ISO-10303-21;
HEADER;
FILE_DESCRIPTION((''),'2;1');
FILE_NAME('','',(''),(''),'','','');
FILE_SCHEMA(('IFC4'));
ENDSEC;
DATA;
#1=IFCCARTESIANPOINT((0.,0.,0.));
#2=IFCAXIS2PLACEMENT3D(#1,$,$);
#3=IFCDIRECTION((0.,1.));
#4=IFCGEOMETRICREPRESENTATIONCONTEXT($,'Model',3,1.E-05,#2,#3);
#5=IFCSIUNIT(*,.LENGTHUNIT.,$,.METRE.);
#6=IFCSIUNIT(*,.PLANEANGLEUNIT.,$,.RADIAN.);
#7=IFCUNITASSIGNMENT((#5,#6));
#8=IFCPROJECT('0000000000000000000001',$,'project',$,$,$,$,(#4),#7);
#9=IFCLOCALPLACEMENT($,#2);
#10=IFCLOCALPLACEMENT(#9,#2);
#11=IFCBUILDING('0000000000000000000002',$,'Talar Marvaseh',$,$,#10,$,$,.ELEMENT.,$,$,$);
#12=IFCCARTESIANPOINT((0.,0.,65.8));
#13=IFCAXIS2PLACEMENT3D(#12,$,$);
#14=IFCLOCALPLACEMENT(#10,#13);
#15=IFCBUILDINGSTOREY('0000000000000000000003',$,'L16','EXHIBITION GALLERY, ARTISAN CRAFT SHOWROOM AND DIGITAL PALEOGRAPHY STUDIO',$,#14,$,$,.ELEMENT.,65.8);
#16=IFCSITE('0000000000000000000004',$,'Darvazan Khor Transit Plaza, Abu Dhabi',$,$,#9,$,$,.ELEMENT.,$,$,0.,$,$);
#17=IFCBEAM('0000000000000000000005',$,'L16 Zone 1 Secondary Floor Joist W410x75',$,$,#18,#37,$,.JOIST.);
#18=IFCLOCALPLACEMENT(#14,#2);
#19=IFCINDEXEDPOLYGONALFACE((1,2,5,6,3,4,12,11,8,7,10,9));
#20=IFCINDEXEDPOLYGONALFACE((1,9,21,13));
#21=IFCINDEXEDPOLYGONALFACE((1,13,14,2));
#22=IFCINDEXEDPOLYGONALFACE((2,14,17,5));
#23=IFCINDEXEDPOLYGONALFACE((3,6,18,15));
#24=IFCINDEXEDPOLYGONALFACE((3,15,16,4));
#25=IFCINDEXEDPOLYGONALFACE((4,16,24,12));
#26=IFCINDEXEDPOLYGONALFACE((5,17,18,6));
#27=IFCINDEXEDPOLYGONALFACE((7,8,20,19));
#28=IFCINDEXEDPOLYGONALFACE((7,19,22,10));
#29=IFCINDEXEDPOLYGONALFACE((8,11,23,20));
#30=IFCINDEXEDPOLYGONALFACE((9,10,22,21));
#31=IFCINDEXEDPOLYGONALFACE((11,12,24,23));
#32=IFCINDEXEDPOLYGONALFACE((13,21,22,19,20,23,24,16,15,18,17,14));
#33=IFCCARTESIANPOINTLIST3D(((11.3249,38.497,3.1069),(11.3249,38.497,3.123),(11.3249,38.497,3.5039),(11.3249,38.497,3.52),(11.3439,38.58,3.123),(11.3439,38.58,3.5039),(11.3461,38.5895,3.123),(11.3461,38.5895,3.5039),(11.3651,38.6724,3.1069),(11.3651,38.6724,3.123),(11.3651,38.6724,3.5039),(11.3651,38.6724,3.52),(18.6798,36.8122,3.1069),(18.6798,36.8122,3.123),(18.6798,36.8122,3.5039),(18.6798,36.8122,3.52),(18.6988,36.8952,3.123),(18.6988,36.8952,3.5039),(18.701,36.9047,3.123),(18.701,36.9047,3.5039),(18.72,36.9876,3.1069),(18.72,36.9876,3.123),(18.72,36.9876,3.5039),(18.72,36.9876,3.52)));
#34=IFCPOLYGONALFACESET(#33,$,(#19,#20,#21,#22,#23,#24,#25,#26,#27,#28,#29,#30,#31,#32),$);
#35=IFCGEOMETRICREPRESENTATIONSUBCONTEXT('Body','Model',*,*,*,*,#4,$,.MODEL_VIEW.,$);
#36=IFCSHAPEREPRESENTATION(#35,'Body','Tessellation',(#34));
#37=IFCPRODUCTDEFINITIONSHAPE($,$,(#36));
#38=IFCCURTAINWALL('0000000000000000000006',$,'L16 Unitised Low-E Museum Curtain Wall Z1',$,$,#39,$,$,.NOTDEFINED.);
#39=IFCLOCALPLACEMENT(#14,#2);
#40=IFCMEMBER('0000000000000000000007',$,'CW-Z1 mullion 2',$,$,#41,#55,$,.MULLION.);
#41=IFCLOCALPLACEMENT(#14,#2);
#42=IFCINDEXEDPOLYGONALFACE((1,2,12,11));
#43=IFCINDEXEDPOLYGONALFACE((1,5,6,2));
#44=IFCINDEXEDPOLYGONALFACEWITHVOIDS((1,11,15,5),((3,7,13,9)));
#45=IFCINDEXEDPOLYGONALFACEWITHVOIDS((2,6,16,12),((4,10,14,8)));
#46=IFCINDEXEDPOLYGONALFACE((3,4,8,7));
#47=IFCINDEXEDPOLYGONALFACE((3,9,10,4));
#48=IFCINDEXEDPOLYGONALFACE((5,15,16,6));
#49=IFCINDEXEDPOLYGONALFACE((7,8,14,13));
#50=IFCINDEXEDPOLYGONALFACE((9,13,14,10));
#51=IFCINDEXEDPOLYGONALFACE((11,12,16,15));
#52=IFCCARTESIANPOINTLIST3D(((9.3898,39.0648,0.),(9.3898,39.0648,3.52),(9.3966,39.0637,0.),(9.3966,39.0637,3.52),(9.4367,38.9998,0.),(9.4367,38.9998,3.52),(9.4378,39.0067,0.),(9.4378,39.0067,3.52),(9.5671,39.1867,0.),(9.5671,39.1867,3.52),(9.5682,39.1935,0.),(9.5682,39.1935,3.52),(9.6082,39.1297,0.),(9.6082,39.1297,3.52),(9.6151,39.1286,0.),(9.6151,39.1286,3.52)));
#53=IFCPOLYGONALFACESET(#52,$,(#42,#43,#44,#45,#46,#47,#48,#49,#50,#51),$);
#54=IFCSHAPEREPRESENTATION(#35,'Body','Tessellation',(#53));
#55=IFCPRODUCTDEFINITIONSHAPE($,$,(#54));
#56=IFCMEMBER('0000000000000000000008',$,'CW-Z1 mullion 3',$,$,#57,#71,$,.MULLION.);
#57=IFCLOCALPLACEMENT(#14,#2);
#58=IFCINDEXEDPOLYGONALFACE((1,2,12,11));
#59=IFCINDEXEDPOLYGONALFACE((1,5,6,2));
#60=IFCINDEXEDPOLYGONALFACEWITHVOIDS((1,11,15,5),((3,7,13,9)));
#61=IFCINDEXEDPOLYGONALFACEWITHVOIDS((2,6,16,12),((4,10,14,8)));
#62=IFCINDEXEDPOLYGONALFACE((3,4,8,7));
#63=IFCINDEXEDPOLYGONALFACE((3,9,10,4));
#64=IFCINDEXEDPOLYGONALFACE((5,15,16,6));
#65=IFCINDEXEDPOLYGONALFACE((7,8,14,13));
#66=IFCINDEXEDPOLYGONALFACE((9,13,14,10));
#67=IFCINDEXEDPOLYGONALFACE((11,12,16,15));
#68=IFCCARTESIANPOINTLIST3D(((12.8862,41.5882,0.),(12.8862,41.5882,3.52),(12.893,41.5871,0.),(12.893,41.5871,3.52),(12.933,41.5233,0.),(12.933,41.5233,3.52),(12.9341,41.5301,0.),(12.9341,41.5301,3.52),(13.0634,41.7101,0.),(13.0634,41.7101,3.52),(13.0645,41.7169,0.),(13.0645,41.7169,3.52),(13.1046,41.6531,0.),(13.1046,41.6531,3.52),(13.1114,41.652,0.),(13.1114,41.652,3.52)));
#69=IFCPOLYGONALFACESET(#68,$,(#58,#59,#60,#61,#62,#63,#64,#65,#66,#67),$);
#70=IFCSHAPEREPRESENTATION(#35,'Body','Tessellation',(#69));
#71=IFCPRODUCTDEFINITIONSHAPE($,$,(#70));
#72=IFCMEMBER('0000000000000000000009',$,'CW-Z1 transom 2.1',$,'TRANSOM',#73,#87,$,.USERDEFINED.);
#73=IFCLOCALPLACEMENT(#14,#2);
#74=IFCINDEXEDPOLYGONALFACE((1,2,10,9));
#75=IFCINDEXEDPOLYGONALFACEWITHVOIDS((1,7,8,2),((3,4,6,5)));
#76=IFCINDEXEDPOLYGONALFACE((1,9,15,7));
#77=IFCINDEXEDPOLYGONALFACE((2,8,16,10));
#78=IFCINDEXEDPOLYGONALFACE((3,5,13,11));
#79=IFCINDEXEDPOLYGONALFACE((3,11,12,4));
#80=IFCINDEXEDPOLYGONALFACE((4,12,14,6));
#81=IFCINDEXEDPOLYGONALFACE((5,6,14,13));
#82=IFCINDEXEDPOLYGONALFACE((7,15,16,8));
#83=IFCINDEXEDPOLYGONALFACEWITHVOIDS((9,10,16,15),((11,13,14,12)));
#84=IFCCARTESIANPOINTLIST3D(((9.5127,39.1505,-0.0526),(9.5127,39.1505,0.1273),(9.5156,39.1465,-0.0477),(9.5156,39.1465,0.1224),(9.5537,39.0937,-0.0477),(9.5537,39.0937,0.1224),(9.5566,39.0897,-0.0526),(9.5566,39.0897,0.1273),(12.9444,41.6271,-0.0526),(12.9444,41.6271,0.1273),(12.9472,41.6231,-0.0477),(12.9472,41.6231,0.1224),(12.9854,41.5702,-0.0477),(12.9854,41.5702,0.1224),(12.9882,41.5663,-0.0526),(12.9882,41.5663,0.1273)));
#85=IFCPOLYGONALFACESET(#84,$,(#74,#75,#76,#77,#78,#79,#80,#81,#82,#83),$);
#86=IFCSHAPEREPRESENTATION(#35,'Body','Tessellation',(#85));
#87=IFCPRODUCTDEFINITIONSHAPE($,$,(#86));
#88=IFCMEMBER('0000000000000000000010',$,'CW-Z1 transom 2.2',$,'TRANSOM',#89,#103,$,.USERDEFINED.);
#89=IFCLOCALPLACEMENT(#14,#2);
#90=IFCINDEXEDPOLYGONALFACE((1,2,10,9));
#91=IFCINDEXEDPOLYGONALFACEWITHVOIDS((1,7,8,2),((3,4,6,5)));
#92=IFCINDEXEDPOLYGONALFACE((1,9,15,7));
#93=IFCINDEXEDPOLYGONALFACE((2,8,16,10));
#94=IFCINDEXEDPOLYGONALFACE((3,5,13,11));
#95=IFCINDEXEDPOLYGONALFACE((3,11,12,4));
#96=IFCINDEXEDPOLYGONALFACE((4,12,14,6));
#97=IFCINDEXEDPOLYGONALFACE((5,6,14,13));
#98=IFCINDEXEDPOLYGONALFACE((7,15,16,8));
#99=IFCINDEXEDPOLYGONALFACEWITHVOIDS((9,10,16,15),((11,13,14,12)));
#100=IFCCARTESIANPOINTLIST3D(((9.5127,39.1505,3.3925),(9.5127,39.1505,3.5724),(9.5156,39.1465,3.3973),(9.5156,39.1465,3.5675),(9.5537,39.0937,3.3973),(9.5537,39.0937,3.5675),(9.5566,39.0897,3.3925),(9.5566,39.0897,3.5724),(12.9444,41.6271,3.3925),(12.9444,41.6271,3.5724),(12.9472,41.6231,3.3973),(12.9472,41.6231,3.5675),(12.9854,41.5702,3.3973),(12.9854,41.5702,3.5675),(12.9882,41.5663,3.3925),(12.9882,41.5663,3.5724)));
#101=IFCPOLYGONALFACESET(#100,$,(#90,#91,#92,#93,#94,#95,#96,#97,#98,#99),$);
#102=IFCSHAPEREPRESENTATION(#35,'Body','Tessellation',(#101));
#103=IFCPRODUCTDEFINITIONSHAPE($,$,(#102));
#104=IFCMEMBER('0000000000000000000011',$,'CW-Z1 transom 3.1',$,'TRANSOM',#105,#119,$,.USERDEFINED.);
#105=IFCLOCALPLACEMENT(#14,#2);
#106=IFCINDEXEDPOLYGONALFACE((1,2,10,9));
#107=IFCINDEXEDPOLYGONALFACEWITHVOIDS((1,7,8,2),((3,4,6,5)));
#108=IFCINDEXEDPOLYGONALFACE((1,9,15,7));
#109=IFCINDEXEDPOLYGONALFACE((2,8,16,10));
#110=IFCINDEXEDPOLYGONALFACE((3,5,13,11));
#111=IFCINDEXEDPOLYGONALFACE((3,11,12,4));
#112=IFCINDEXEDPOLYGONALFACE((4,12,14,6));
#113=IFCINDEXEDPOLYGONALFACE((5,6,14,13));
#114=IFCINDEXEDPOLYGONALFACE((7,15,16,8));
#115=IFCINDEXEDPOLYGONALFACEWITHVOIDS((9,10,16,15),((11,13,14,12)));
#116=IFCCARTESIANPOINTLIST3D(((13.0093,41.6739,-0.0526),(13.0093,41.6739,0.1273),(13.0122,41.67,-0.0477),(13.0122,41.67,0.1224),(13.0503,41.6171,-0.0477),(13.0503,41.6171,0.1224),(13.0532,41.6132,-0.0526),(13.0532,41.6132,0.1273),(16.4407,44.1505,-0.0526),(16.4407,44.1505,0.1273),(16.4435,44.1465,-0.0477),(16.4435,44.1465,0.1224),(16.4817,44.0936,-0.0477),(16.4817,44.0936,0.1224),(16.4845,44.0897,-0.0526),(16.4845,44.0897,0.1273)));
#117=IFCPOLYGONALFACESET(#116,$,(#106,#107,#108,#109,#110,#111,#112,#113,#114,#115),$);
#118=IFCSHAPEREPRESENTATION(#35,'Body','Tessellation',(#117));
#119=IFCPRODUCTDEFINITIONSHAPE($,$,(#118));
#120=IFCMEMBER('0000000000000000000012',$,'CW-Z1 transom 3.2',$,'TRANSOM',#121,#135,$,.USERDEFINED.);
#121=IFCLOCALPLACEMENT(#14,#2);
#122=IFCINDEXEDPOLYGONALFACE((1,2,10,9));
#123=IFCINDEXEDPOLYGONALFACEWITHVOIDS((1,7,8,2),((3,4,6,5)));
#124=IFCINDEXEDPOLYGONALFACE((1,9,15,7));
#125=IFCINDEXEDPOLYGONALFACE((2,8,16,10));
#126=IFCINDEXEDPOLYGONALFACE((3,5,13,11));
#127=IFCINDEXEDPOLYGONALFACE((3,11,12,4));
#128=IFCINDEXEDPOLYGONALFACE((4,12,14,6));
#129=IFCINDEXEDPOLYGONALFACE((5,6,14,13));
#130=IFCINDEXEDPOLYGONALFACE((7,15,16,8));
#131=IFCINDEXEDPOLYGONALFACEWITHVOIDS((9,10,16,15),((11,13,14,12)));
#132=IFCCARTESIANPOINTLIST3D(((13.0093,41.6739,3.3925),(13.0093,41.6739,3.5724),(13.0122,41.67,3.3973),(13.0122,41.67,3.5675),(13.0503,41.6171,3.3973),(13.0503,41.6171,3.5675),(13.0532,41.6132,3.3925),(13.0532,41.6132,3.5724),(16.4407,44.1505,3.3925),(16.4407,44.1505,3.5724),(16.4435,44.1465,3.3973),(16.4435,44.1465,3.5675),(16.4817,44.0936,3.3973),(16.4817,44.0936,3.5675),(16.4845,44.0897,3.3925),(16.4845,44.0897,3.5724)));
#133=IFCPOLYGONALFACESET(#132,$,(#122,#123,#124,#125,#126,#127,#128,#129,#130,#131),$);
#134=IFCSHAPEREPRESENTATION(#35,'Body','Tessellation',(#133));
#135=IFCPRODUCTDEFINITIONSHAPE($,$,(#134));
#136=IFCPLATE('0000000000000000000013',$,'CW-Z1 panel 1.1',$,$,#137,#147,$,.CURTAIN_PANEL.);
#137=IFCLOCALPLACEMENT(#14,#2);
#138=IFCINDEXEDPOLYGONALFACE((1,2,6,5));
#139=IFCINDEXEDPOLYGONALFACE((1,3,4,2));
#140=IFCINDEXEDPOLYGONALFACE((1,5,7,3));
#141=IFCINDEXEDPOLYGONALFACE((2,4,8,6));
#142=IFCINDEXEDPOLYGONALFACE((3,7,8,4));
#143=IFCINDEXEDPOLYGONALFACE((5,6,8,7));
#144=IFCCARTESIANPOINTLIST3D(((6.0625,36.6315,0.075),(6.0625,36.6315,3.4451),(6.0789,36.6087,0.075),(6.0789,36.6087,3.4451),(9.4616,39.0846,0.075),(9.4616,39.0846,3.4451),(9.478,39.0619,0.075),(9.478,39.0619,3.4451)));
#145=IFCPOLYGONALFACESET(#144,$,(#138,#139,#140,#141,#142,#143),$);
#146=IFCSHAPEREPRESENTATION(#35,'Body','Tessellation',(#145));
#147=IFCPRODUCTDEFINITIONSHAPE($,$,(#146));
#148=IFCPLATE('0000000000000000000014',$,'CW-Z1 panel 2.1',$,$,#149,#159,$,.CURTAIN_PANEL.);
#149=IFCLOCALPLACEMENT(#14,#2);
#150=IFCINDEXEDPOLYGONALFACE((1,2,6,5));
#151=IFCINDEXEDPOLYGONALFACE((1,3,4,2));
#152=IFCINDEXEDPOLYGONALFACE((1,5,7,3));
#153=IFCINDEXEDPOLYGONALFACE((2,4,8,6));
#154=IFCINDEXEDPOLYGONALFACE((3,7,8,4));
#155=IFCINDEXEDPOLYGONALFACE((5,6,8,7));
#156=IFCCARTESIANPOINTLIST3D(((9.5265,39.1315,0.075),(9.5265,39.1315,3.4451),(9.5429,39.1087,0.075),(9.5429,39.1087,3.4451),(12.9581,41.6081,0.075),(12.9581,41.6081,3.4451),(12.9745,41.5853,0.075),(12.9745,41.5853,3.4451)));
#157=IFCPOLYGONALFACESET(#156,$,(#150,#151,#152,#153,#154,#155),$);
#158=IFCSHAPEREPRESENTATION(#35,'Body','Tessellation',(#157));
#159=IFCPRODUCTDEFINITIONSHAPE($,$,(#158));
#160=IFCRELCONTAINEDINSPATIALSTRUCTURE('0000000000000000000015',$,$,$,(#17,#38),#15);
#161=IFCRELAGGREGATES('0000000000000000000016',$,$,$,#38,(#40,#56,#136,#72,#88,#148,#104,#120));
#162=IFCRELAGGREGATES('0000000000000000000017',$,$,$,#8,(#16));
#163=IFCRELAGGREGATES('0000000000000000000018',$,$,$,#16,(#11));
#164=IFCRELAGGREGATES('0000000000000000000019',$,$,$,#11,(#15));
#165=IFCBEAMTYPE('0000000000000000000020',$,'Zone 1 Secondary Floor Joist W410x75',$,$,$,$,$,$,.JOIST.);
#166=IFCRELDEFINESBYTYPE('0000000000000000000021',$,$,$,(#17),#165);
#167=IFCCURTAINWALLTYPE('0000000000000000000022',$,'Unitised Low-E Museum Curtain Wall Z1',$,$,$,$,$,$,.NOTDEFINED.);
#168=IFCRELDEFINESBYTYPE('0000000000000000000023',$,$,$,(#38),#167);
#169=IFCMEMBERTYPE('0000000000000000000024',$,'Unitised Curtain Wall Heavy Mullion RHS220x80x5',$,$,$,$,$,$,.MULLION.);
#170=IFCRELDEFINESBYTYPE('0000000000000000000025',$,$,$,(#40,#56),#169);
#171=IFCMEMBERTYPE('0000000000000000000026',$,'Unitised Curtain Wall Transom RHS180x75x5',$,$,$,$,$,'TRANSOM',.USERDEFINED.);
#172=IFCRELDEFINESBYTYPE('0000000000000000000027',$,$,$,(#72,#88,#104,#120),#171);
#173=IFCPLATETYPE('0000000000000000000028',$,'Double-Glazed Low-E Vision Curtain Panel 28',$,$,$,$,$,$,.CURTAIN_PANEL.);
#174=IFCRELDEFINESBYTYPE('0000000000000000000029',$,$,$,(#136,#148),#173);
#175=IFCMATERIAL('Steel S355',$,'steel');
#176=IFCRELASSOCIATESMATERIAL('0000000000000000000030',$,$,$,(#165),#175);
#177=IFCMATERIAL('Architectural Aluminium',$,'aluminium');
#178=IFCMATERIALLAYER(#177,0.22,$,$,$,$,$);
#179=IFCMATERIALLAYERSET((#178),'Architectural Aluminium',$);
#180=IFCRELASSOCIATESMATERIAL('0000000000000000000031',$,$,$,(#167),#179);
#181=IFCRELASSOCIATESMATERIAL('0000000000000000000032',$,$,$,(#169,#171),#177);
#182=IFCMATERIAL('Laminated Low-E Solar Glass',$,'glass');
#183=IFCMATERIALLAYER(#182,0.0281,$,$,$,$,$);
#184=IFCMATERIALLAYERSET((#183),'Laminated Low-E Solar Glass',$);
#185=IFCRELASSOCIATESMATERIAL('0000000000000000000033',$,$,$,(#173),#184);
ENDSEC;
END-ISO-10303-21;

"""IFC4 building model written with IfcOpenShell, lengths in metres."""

from ifc_helpers import new_model, si_unit, direction, frame, origin, origin_2d, place, context, subcontext, project, spatial, rectangle, hollow_rectangle, i_section, extrude, source, transform, mapped, material, layer, layer_set, material_profile, profile_set, type_object, type_shapes, element, aggregate, save


model = new_model("IFC4")

# Units and contexts
model_context = context("Model", 3, precision=1e-05, world=origin(), true_north=direction((0.0, 1.0)))
body_context = subcontext(model_context, "Body", "Model", "MODEL_VIEW")
ifc_project = project(units=[si_unit("LENGTHUNIT", "METRE"), si_unit("PLANEANGLEUNIT", "RADIAN")], contexts=[model_context])

# Site, building, storey
site_placement = place(None, origin())
site = spatial("IfcSite", under=ifc_project, at=site_placement, Name="Darvazan Khor Transit Plaza, Abu Dhabi", CompositionType="ELEMENT", RefElevation=0.0)
building_placement = place(site_placement, origin())
building = spatial("IfcBuilding", under=site, at=building_placement, Name="Talar Marvaseh", CompositionType="ELEMENT")
storey_placement = place(building_placement, frame((0.0, 0.0, 65.8)))
storey = spatial("IfcBuildingStorey", under=building, at=storey_placement, Name="L16", Description="EXHIBITION GALLERY, ARTISAN CRAFT SHOWROOM AND DIGITAL PALEOGRAPHY STUDIO", CompositionType="ELEMENT", Elevation=65.8)

# Beam
ifc_material_1 = material(Name="Steel S355", Category="steel")
ifc_material_profile_1 = material_profile(ifc_material_1, i_section(OverallWidth=0.1799, OverallDepth=0.4131, WebThickness=0.0098, FlangeThickness=0.0161, at=origin_2d()), Name="W410x75")
ifc_profile_set_1 = profile_set([ifc_material_profile_1], Name="Steel S355")
beam_type = type_object("IfcBeamType", Name="Zone 1 Secondary Floor Joist W410x75", PredefinedType="JOIST", material=ifc_profile_set_1)
beam_placement = place(storey_placement, frame((11.345, 38.5847, 3.3135), z_axis=(0.974753, -0.223288, 0.0), x_axis=(0.223288, 0.974753, 0.0)))
element("IfcBeam", 1, at=beam_placement, inside=storey, type_object=beam_type, Name="L16 Zone 1 Secondary Floor Joist W410x75", PredefinedType="JOIST", context=body_context, shape_type="SweptSolid", body=[
    extrude(i_section(OverallWidth=0.1799, OverallDepth=0.4131, WebThickness=0.0098, FlangeThickness=0.0161, at=origin_2d()), origin(), (0.0, 0.0, 1.0), 7.5454),
])

# Curtain wall, members, plates
ifc_material_2 = material(Name="Architectural Aluminium", Category="aluminium")
ifc_layer_1 = layer(ifc_material_2, 0.22)
ifc_layer_set_1 = layer_set([ifc_layer_1], Name="Architectural Aluminium")
curtain_wall_type = type_object("IfcCurtainWallType", Name="Unitised Low-E Museum Curtain Wall Z1", PredefinedType="NOTDEFINED", material=ifc_layer_set_1)
curtain_wall_placement = place(storey_placement, origin())
curtain_wall = element("IfcCurtainWall", 2, at=curtain_wall_placement, inside=storey, type_object=curtain_wall_type, Name="L16 Unitised Low-E Museum Curtain Wall Z1", PredefinedType="NOTDEFINED")
ifc_material_profile_2 = material_profile(ifc_material_2, hollow_rectangle(XDim=0.0801, YDim=0.22, WallThickness=0.0049, at=origin_2d()), Name="RHS220x80x5")
ifc_profile_set_2 = profile_set([ifc_material_profile_2], Name="Architectural Aluminium")
member_type_1 = type_object("IfcMemberType", Name="Unitised Curtain Wall Heavy Mullion RHS220x80x5", PredefinedType="MULLION", material=ifc_profile_set_2)
shared_shape_1 = source(origin(), body_context, "Body", "SweptSolid", [
    extrude(hollow_rectangle(XDim=0.0801, YDim=0.22, WallThickness=0.0049, at=origin_2d()), origin(), (0.0, 0.0, 1.0), 3.52),
])
type_shapes(member_type_1, [shared_shape_1])
member_1_placement = place(storey_placement, frame((9.5024, 39.0967, 0.0), z_axis=(0.0, 0.0, 1.0), x_axis=(-0.585209, 0.810882, 0.0)))
member_1 = element("IfcMember", 3, at=member_1_placement, type_object=member_type_1, Name="CW-Z1 mullion 2", PredefinedType="MULLION", context=body_context, shape_type="MappedRepresentation", body=[
    mapped(shared_shape_1, transform((0.0, 0.0, 0.0), x_axis=(1.0, 0.0, 0.0), y_axis=(0.0, 1.0, 0.0), z_axis=(0.0, 0.0, 1.0), scale=1.0)),
])
member_2_placement = place(storey_placement, frame((12.9988, 41.6201, 0.0), z_axis=(0.0, 0.0, 1.0), x_axis=(-0.585209, 0.810882, 0.0)))
member_2 = element("IfcMember", 4, at=member_2_placement, type_object=member_type_1, Name="CW-Z1 mullion 3", PredefinedType="MULLION", context=body_context, shape_type="MappedRepresentation", body=[
    mapped(shared_shape_1, transform((0.0, 0.0, 0.0), x_axis=(1.0, 0.0, 0.0), y_axis=(0.0, 1.0, 0.0), z_axis=(0.0, 0.0, 1.0), scale=1.0)),
])
ifc_material_profile_3 = material_profile(ifc_material_2, hollow_rectangle(XDim=0.075, YDim=0.1799, WallThickness=0.0049, at=origin_2d()), Name="RHS180x75x5")
ifc_profile_set_3 = profile_set([ifc_material_profile_3], Name="Architectural Aluminium")
member_type_2 = type_object("IfcMemberType", Name="Unitised Curtain Wall Transom RHS180x75x5", ElementType="TRANSOM", PredefinedType="USERDEFINED", material=ifc_profile_set_3)
shared_shape_2 = source(origin(), body_context, "Body", "SweptSolid", [
    extrude(hollow_rectangle(XDim=0.075, YDim=0.1799, WallThickness=0.0049, at=origin_2d()), origin(), (0.0, 0.0, 1.0), 4.2319),
])
member_3_placement = place(storey_placement, frame((9.5347, 39.1201, 0.0374), z_axis=(0.810886, 0.585204, 0.0), x_axis=(-0.585204, 0.810886, 0.0)))
member_3 = element("IfcMember", 5, at=member_3_placement, type_object=member_type_2, Name="CW-Z1 transom 2.1", ObjectType="TRANSOM", PredefinedType="USERDEFINED", context=body_context, shape_type="MappedRepresentation", body=[
    mapped(shared_shape_2, transform((0.0, 0.0, 0.0), x_axis=(1.0, 0.0, 0.0), y_axis=(0.0, 1.0, 0.0), z_axis=(0.0, 0.0, 1.0), scale=1.0)),
])
member_4_placement = place(storey_placement, frame((9.5347, 39.1201, 3.4824), z_axis=(0.810886, 0.585204, 0.0), x_axis=(-0.585204, 0.810886, 0.0)))
member_4 = element("IfcMember", 6, at=member_4_placement, type_object=member_type_2, Name="CW-Z1 transom 2.2", ObjectType="TRANSOM", PredefinedType="USERDEFINED", context=body_context, shape_type="MappedRepresentation", body=[
    mapped(shared_shape_2, transform((0.0, 0.0, 0.0), x_axis=(1.0, 0.0, 0.0), y_axis=(0.0, 1.0, 0.0), z_axis=(0.0, 0.0, 1.0), scale=1.0)),
])
shared_shape_3 = source(origin(), body_context, "Body", "SweptSolid", [
    extrude(hollow_rectangle(XDim=0.075, YDim=0.1799, WallThickness=0.0049, at=origin_2d()), origin(), (0.0, 0.0, 1.0), 4.2317),
])
type_shapes(member_type_2, [shared_shape_2, shared_shape_3])
member_5_placement = place(storey_placement, frame((13.0312, 41.6436, 0.0374), z_axis=(0.810866, 0.585231, 0.0), x_axis=(-0.585231, 0.810866, 0.0)))
member_5 = element("IfcMember", 7, at=member_5_placement, type_object=member_type_2, Name="CW-Z1 transom 3.1", ObjectType="TRANSOM", PredefinedType="USERDEFINED", context=body_context, shape_type="MappedRepresentation", body=[
    mapped(shared_shape_3, transform((0.0, 0.0, 0.0), x_axis=(1.0, 0.0, 0.0), y_axis=(0.0, 1.0, 0.0), z_axis=(0.0, 0.0, 1.0), scale=1.0)),
])
member_6_placement = place(storey_placement, frame((13.0312, 41.6436, 3.4824), z_axis=(0.810866, 0.585231, 0.0), x_axis=(-0.585231, 0.810866, 0.0)))
member_6 = element("IfcMember", 8, at=member_6_placement, type_object=member_type_2, Name="CW-Z1 transom 3.2", ObjectType="TRANSOM", PredefinedType="USERDEFINED", context=body_context, shape_type="MappedRepresentation", body=[
    mapped(shared_shape_3, transform((0.0, 0.0, 0.0), x_axis=(1.0, 0.0, 0.0), y_axis=(0.0, 1.0, 0.0), z_axis=(0.0, 0.0, 1.0), scale=1.0)),
])
ifc_material_3 = material(Name="Laminated Low-E Solar Glass", Category="glass")
ifc_layer_2 = layer(ifc_material_3, 0.0281)
ifc_layer_set_2 = layer_set([ifc_layer_2], Name="Laminated Low-E Solar Glass")
plate_type = type_object("IfcPlateType", Name="Double-Glazed Low-E Vision Curtain Panel 28", PredefinedType="CURTAIN_PANEL", material=ifc_layer_set_2)
shared_shape_4 = source(origin(), body_context, "Body", "SweptSolid", [
    extrude(rectangle(XDim=4.1919, YDim=0.0281, at=origin_2d()), origin(), (0.0, 0.0, 1.0), 3.3701),
])
plate_1_placement = place(storey_placement, frame((7.7703, 37.8467, 0.075), z_axis=(0.0, 0.0, 1.0), x_axis=(0.810882, 0.585209, 0.0)))
plate_1 = element("IfcPlate", 9, at=plate_1_placement, type_object=plate_type, Name="CW-Z1 panel 1.1", PredefinedType="CURTAIN_PANEL", context=body_context, shape_type="MappedRepresentation", body=[
    mapped(shared_shape_4, transform((0.0, 0.0, 0.0), x_axis=(1.0, 0.0, 0.0), y_axis=(0.0, 1.0, 0.0), z_axis=(0.0, 0.0, 1.0), scale=1.0)),
])
shared_shape_5 = source(origin(), body_context, "Body", "SweptSolid", [
    extrude(rectangle(XDim=4.2319, YDim=0.0281, at=origin_2d()), origin(), (0.0, 0.0, 1.0), 3.3701),
])
type_shapes(plate_type, [shared_shape_4, shared_shape_5])
plate_2_placement = place(storey_placement, frame((11.2505, 40.3584, 0.075), z_axis=(0.0, 0.0, 1.0), x_axis=(0.810882, 0.585209, 0.0)))
plate_2 = element("IfcPlate", 10, at=plate_2_placement, type_object=plate_type, Name="CW-Z1 panel 2.1", PredefinedType="CURTAIN_PANEL", context=body_context, shape_type="MappedRepresentation", body=[
    mapped(shared_shape_5, transform((0.0, 0.0, 0.0), x_axis=(1.0, 0.0, 0.0), y_axis=(0.0, 1.0, 0.0), z_axis=(0.0, 0.0, 1.0), scale=1.0)),
])
aggregate(curtain_wall, [member_1, member_2, plate_1, member_3, member_4, plate_2, member_5, member_6])

save(model, "model.ifc")
